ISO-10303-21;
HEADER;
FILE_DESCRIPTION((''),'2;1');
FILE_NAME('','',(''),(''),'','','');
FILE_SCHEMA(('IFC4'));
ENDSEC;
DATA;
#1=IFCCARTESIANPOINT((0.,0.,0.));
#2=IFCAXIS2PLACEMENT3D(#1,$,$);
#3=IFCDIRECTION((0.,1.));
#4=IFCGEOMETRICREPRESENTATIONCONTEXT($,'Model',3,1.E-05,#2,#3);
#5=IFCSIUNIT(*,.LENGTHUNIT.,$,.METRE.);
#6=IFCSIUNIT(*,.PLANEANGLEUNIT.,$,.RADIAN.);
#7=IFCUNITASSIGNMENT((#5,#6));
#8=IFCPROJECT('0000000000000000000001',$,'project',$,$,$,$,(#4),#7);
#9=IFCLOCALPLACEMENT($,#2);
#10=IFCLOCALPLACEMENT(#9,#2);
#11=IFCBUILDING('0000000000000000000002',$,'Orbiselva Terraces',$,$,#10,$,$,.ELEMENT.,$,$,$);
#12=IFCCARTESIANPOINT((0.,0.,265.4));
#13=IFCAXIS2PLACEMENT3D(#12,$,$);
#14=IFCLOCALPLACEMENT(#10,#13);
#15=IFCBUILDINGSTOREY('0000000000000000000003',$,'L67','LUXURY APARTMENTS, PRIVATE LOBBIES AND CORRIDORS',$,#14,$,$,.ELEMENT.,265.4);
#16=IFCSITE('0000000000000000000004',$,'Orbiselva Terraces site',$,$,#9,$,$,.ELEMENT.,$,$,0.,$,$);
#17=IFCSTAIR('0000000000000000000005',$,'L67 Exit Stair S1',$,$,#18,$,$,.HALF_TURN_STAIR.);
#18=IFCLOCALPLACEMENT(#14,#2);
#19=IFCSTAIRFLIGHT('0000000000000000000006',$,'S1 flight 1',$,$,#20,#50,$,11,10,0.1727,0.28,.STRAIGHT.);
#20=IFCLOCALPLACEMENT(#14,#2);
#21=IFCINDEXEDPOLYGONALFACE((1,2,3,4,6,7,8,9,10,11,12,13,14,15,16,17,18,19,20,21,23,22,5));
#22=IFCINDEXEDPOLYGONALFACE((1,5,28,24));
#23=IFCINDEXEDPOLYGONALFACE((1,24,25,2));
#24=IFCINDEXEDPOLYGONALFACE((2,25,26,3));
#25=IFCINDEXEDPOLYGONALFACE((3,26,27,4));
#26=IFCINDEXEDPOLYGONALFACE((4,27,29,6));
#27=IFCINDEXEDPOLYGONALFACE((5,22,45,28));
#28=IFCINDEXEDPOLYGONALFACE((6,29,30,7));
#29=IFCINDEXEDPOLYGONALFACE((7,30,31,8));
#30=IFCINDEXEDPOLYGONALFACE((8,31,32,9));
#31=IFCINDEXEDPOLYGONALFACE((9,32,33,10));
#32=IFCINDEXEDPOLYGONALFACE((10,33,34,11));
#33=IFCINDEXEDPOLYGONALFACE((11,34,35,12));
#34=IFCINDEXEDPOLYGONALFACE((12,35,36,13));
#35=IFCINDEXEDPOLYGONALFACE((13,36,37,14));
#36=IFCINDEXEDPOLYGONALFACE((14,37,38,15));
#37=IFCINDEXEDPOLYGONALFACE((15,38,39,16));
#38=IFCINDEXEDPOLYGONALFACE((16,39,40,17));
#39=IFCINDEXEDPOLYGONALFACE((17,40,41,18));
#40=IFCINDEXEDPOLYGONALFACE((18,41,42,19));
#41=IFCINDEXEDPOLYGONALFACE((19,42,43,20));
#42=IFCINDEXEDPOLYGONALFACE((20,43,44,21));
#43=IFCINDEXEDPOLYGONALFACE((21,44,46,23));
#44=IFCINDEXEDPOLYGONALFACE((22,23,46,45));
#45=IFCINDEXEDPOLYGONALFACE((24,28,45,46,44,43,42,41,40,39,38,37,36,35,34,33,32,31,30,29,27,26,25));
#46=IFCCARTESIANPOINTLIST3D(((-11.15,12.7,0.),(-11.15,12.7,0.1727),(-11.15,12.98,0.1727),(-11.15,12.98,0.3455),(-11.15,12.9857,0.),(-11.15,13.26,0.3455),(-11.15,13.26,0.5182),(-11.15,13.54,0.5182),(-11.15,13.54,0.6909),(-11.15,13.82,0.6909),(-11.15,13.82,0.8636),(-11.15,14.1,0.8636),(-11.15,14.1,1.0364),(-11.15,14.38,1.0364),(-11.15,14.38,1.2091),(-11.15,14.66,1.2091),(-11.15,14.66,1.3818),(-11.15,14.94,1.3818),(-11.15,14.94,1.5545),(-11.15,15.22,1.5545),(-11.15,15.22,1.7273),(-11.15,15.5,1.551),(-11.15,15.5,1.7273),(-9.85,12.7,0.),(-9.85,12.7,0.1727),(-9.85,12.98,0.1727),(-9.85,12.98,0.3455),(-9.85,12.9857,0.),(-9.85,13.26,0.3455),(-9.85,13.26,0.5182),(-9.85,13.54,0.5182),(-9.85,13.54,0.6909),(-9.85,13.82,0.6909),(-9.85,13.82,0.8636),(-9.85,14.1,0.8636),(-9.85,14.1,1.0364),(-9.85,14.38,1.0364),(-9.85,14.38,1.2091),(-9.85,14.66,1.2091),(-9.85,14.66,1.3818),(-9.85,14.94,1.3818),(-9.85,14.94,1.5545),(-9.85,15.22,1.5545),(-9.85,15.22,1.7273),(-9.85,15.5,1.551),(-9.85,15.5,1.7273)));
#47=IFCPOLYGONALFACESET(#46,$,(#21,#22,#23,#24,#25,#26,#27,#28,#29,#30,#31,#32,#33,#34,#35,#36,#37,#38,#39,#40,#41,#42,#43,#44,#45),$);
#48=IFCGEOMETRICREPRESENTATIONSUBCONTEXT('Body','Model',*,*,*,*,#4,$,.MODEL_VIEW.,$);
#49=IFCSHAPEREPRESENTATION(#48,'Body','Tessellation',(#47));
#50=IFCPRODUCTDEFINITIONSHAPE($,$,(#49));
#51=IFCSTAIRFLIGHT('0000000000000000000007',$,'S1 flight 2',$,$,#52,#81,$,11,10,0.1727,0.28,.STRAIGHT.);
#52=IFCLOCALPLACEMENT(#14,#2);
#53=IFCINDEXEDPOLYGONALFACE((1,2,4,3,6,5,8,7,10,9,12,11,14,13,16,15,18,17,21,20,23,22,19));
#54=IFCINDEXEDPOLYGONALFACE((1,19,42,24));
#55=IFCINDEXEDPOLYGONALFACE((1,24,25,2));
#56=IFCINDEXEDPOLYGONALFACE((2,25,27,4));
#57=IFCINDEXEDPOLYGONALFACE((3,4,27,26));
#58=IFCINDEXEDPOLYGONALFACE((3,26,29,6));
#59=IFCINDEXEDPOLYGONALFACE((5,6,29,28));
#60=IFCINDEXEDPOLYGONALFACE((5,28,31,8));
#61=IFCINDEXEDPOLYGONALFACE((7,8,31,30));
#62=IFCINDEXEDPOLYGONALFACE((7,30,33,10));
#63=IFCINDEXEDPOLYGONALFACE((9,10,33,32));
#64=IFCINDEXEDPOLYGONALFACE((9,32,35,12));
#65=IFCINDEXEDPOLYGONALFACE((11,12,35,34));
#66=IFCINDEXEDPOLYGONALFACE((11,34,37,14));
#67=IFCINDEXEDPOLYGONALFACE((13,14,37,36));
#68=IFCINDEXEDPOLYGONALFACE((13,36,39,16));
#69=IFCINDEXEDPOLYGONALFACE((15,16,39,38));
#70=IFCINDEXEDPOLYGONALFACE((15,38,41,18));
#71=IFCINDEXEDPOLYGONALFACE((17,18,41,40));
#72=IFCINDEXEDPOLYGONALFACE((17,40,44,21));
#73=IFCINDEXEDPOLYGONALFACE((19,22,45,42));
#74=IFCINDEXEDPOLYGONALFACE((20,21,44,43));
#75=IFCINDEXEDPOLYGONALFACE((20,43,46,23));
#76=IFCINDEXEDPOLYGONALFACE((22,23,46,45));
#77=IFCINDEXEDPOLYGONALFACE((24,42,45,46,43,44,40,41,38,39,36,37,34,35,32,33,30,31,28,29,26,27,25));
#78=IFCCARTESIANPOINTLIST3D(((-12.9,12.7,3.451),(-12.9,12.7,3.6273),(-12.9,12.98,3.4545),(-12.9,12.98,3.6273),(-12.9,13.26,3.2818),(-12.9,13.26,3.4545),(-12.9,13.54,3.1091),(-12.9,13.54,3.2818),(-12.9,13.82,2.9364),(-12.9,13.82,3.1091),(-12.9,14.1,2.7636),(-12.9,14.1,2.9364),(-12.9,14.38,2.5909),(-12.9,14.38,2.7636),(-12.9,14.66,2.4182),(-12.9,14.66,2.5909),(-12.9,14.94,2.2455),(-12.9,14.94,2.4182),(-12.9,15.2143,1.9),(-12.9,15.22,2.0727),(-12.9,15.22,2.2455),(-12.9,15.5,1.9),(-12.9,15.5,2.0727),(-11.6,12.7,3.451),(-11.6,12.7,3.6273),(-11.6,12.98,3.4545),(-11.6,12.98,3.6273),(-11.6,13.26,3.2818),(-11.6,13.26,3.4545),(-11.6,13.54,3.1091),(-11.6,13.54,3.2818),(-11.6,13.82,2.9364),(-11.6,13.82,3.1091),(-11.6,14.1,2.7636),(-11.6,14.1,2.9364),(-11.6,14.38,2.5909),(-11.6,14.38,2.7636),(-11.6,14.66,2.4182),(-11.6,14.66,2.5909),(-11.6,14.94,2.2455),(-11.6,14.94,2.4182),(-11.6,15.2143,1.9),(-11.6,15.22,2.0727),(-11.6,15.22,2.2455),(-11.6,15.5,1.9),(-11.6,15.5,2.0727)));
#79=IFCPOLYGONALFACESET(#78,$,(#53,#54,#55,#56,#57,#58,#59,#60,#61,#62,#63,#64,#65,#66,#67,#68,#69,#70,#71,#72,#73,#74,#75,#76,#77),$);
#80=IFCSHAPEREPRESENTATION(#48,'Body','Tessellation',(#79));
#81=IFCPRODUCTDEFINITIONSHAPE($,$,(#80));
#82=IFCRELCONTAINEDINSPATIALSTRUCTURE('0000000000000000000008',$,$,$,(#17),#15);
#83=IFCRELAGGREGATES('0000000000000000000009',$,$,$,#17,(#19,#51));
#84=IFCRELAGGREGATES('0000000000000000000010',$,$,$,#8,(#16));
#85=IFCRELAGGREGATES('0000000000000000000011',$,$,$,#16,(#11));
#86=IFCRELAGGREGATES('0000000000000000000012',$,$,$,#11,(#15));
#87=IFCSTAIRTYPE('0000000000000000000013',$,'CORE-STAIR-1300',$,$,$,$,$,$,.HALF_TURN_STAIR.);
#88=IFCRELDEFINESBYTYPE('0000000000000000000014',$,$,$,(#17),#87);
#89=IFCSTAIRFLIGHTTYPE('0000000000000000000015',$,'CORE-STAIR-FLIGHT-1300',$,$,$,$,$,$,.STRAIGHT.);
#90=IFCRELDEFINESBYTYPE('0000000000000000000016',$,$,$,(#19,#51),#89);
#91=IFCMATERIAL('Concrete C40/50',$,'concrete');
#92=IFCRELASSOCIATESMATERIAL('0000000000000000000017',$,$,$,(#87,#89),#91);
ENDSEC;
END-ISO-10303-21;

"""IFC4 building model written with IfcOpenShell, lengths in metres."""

from ifc_helpers import new_model, si_unit, direction, frame, origin, place, context, subcontext, project, spatial, polyline, outline, extrude, material, type_object, element, aggregate, save


model = new_model("IFC4")

# Units and contexts
model_context = context("Model", 3, precision=1e-05, world=origin(), true_north=direction((0.0, 1.0)))
body_context = subcontext(model_context, "Body", "Model", "MODEL_VIEW")
ifc_project = project(units=[si_unit("LENGTHUNIT", "METRE"), si_unit("PLANEANGLEUNIT", "RADIAN")], contexts=[model_context])

# Site, building, storey
site_placement = place(None, origin())
site = spatial("IfcSite", under=ifc_project, at=site_placement, Name="Orbiselva Terraces site", CompositionType="ELEMENT", RefElevation=0.0)
building_placement = place(site_placement, origin())
building = spatial("IfcBuilding", under=site, at=building_placement, Name="Orbiselva Terraces", CompositionType="ELEMENT")
storey_placement = place(building_placement, frame((0.0, 0.0, 265.4)))
storey = spatial("IfcBuildingStorey", under=building, at=storey_placement, Name="L67", Description="LUXURY APARTMENTS, PRIVATE LOBBIES AND CORRIDORS", CompositionType="ELEMENT", Elevation=265.4)

# Shared definitions
ifc_material_1 = material(Name="Concrete C40/50", Category="concrete")

# Stair, stair flights
stair_type = type_object("IfcStairType", Name="CORE-STAIR-1300", PredefinedType="HALF_TURN_STAIR", material=ifc_material_1)
stair_placement = place(storey_placement, origin())
stair = element("IfcStair", 1, at=stair_placement, inside=storey, type_object=stair_type, Name="L67 Exit Stair S1", PredefinedType="HALF_TURN_STAIR")
stair_flight_type = type_object("IfcStairFlightType", Name="CORE-STAIR-FLIGHT-1300", PredefinedType="STRAIGHT", material=ifc_material_1)
stair_flight_1_placement = place(storey_placement, frame((-10.5, 12.7, 0.0), z_axis=(0.0, 0.0, 1.0), x_axis=(0.0, 1.0, 0.0)))
stair_flight_1 = element("IfcStairFlight", 2, at=stair_flight_1_placement, type_object=stair_flight_type, Name="S1 flight 1", NumberOfRisers=11, NumberOfTreads=10, PredefinedType="STRAIGHT", RiserHeight=0.1727, TreadLength=0.28, context=body_context, shape_type="SweptSolid", body=[
    extrude(outline(polyline([(0.0, 0.0), (0.0, 0.1727), (0.28, 0.1727), (0.28, 0.3455), (0.56, 0.3455), (0.56, 0.5182), (0.84, 0.5182), (0.84, 0.6909), (1.12, 0.6909), (1.12, 0.8636), (1.4, 0.8636), (1.4, 1.0364), (1.68, 1.0364), (1.68, 1.2091), (1.96, 1.2091), (1.96, 1.3818), (2.24, 1.3818), (2.24, 1.5545), (2.52, 1.5545), (2.52, 1.7273), (2.8, 1.7273), (2.8, 1.9), (2.8, 1.551), (0.2857, 0.0), (0.0, 0.0)])), frame((0.0, 0.65, 0.0), z_axis=(0.0, -1.0, 0.0), x_axis=(1.0, 0.0, 0.0)), (0.0, 0.0, 1.0), 1.3),
])
stair_flight_2_placement = place(storey_placement, frame((-12.25, 15.5, 1.9), z_axis=(0.0, 0.0, 1.0), x_axis=(0.0, -1.0, 0.0)))
stair_flight_2 = element("IfcStairFlight", 3, at=stair_flight_2_placement, type_object=stair_flight_type, Name="S1 flight 2", NumberOfRisers=11, NumberOfTreads=10, PredefinedType="STRAIGHT", RiserHeight=0.1727, TreadLength=0.28, context=body_context, shape_type="SweptSolid", body=[
    extrude(outline(polyline([(0.0, 0.0), (0.0, 0.1727), (0.28, 0.1727), (0.28, 0.3455), (0.56, 0.3455), (0.56, 0.5182), (0.84, 0.5182), (0.84, 0.6909), (1.12, 0.6909), (1.12, 0.8636), (1.4, 0.8636), (1.4, 1.0364), (1.68, 1.0364), (1.68, 1.2091), (1.96, 1.2091), (1.96, 1.3818), (2.24, 1.3818), (2.24, 1.5545), (2.52, 1.5545), (2.52, 1.7273), (2.8, 1.7273), (2.8, 1.9), (2.8, 1.551), (0.2857, 0.0), (0.0, 0.0)])), frame((0.0, 0.65, 0.0), z_axis=(0.0, -1.0, 0.0), x_axis=(1.0, 0.0, 0.0)), (0.0, 0.0, 1.0), 1.3),
])
aggregate(stair, [stair_flight_1, stair_flight_2])

save(model, "model.ifc")
